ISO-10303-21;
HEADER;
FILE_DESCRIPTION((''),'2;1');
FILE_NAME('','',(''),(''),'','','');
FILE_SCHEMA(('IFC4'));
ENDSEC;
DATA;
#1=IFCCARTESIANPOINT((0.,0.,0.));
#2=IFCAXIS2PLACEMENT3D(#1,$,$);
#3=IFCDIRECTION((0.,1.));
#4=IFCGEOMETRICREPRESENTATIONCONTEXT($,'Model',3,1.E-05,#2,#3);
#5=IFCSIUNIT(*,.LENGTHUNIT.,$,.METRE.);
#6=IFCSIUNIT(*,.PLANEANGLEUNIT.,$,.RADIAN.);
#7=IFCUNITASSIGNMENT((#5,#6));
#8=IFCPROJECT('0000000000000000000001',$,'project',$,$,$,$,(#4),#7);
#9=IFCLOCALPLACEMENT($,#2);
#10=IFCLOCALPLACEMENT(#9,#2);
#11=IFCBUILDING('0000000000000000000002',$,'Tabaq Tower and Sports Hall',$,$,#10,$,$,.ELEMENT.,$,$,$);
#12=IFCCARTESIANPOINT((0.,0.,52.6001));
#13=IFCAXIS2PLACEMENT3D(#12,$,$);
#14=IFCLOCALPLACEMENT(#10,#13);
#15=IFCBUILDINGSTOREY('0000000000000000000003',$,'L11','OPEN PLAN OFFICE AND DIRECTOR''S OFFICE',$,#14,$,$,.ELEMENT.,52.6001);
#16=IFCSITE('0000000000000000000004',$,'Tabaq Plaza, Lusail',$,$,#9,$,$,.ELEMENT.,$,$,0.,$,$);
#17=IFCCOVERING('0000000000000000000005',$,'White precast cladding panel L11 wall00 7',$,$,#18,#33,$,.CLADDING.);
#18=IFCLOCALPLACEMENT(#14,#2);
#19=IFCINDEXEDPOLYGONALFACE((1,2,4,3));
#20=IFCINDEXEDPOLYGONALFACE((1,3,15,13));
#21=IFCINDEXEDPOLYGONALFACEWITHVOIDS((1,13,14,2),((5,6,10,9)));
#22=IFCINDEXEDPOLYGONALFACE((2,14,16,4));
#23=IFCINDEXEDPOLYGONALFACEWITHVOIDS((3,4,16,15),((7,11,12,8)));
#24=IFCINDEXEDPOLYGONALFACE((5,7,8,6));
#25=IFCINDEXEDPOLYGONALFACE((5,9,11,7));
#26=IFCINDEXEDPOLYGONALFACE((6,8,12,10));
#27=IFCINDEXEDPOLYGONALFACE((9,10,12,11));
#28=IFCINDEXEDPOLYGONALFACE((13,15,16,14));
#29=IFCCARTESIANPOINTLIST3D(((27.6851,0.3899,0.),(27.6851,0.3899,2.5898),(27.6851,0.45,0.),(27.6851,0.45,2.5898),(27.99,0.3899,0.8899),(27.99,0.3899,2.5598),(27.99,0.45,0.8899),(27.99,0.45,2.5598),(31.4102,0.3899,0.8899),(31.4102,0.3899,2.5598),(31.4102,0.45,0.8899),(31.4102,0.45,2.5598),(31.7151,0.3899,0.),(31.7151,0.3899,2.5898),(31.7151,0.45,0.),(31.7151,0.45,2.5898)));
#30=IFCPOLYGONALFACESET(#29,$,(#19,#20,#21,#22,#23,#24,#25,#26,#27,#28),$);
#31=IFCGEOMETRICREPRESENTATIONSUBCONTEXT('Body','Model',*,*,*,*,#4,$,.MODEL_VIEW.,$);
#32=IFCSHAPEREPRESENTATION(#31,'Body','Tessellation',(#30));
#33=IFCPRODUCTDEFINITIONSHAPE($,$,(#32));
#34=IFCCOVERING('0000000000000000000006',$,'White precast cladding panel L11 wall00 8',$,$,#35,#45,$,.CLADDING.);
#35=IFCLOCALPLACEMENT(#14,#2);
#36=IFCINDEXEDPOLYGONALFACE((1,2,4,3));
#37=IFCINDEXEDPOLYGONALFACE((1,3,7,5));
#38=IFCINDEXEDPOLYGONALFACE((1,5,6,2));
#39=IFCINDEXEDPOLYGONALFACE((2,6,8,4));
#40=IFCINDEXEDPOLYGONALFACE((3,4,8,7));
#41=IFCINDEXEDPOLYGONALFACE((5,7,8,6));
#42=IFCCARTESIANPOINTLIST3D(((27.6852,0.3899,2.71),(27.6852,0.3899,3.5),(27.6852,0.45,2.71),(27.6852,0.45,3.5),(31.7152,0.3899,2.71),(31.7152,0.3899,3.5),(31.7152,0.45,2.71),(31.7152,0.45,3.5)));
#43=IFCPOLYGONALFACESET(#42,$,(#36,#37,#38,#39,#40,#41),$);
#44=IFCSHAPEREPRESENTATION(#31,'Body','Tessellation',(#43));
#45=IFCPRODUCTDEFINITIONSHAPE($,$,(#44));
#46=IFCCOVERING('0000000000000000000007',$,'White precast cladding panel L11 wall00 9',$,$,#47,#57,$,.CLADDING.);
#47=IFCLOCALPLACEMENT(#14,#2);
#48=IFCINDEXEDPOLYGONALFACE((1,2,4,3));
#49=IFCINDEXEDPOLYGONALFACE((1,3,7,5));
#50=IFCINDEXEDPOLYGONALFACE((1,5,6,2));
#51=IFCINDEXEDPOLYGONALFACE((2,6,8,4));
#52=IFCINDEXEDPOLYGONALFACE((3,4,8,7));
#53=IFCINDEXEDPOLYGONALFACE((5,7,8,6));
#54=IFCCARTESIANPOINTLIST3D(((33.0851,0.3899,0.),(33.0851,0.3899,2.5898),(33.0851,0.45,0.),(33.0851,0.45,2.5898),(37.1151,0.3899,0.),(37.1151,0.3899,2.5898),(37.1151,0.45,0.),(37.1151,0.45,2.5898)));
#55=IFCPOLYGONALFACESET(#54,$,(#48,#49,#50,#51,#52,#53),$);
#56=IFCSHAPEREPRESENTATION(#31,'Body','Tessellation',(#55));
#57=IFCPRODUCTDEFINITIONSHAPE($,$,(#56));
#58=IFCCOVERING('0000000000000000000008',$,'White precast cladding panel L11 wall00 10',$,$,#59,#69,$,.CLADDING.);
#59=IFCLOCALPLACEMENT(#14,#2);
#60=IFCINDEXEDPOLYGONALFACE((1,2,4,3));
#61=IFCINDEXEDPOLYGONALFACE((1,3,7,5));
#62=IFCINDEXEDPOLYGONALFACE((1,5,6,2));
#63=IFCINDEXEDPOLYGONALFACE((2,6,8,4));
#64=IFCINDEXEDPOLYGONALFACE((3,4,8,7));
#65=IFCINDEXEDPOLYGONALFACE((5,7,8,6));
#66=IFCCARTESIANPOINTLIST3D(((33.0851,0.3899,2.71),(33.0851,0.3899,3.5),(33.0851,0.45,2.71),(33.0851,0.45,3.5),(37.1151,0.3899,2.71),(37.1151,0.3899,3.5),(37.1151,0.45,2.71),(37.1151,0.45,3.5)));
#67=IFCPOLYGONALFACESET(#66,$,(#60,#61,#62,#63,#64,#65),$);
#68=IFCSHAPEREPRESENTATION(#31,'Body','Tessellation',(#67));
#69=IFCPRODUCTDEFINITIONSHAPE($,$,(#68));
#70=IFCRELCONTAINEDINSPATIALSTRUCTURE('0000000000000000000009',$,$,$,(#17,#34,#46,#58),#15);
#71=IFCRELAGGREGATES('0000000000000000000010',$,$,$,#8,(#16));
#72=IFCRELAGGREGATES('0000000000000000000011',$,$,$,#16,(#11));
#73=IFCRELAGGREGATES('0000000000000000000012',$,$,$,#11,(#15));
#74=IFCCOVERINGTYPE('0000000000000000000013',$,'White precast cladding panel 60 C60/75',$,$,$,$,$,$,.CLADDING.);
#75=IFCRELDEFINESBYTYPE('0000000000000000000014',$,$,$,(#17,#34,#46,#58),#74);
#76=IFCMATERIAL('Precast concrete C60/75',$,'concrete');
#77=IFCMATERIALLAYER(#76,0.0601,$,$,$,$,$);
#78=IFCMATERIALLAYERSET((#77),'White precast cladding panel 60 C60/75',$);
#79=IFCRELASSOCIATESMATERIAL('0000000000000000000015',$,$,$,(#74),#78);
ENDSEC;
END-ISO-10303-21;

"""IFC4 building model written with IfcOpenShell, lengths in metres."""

from ifc_helpers import new_model, si_unit, direction, frame, frame_2d, origin, place, context, subcontext, project, spatial, polyline, rectangle, outline, extrude, material, layer, layer_set, type_object, element, save


model = new_model("IFC4")

# Units and contexts
model_context = context("Model", 3, precision=1e-05, world=origin(), true_north=direction((0.0, 1.0)))
body_context = subcontext(model_context, "Body", "Model", "MODEL_VIEW")
ifc_project = project(units=[si_unit("LENGTHUNIT", "METRE"), si_unit("PLANEANGLEUNIT", "RADIAN")], contexts=[model_context])

# Site, building, storey
site_placement = place(None, origin())
site = spatial("IfcSite", under=ifc_project, at=site_placement, Name="Tabaq Plaza, Lusail", CompositionType="ELEMENT", RefElevation=0.0)
building_placement = place(site_placement, origin())
building = spatial("IfcBuilding", under=site, at=building_placement, Name="Tabaq Tower and Sports Hall", CompositionType="ELEMENT")
storey_placement = place(building_placement, frame((0.0, 0.0, 52.6001)))
storey = spatial("IfcBuildingStorey", under=building, at=storey_placement, Name="L11", Description="OPEN PLAN OFFICE AND DIRECTOR'S OFFICE", CompositionType="ELEMENT", Elevation=52.6001)

# Coverings
ifc_material_1 = material(Name="Precast concrete C60/75", Category="concrete")
ifc_layer_1 = layer(ifc_material_1, 0.0601)
ifc_layer_set_1 = layer_set([ifc_layer_1], Name="White precast cladding panel 60 C60/75")
covering_type_1 = type_object("IfcCoveringType", Name="White precast cladding panel 60 C60/75", PredefinedType="CLADDING", material=ifc_layer_set_1)
covering_1_placement = place(storey_placement, frame((27.6851, 0.4199, 0.0), z_axis=(0.0, 0.0, 1.0), x_axis=(1.0, 0.0, 0.0)))
element("IfcCovering", 1, at=covering_1_placement, inside=storey, type_object=covering_type_1, Name="White precast cladding panel L11 wall00 7", PredefinedType="CLADDING", context=body_context, shape_type="SweptSolid", body=[
    extrude(outline(polyline([(0.0, 0.0), (4.03, 0.0), (4.03, 2.5898), (0.0, 2.5898), (0.0, 0.0)]), holes=[polyline([(3.7251, 0.8899), (0.3049, 0.8899), (0.3049, 2.5598), (3.7251, 2.5598), (3.7251, 0.8899)])]), frame((0.0, 0.03, 0.0), z_axis=(0.0, -1.0, 0.0), x_axis=(1.0, 0.0, 0.0)), (0.0, 0.0, 1.0), 0.0601),
])
covering_2_placement = place(storey_placement, frame((27.6851, 0.4199, 2.71), z_axis=(0.0, 0.0, 1.0), x_axis=(1.0, 0.0, 0.0)))
element("IfcCovering", 2, at=covering_2_placement, inside=storey, type_object=covering_type_1, Name="White precast cladding panel L11 wall00 8", PredefinedType="CLADDING", context=body_context, shape_type="SweptSolid", body=[
    extrude(rectangle(XDim=4.03, YDim=0.0601, at=frame_2d((2.0151, 0.0))), origin(), (0.0, 0.0, 1.0), 0.79),
])
covering_3_placement = place(storey_placement, frame((33.085, 0.4199, 0.0), z_axis=(0.0, 0.0, 1.0), x_axis=(1.0, 0.0, 0.0)))
element("IfcCovering", 3, at=covering_3_placement, inside=storey, type_object=covering_type_1, Name="White precast cladding panel L11 wall00 9", PredefinedType="CLADDING", context=body_context, shape_type="SweptSolid", body=[
    extrude(rectangle(XDim=4.03, YDim=0.0601, at=frame_2d((2.0151, 0.0))), origin(), (0.0, 0.0, 1.0), 2.5898),
])
covering_4_placement = place(storey_placement, frame((33.085, 0.4199, 2.71), z_axis=(0.0, 0.0, 1.0), x_axis=(1.0, 0.0, 0.0)))
element("IfcCovering", 4, at=covering_4_placement, inside=storey, type_object=covering_type_1, Name="White precast cladding panel L11 wall00 10", PredefinedType="CLADDING", context=body_context, shape_type="SweptSolid", body=[
    extrude(rectangle(XDim=4.03, YDim=0.0601, at=frame_2d((2.0151, 0.0))), origin(), (0.0, 0.0, 1.0), 0.79),
])

save(model, "model.ifc")
